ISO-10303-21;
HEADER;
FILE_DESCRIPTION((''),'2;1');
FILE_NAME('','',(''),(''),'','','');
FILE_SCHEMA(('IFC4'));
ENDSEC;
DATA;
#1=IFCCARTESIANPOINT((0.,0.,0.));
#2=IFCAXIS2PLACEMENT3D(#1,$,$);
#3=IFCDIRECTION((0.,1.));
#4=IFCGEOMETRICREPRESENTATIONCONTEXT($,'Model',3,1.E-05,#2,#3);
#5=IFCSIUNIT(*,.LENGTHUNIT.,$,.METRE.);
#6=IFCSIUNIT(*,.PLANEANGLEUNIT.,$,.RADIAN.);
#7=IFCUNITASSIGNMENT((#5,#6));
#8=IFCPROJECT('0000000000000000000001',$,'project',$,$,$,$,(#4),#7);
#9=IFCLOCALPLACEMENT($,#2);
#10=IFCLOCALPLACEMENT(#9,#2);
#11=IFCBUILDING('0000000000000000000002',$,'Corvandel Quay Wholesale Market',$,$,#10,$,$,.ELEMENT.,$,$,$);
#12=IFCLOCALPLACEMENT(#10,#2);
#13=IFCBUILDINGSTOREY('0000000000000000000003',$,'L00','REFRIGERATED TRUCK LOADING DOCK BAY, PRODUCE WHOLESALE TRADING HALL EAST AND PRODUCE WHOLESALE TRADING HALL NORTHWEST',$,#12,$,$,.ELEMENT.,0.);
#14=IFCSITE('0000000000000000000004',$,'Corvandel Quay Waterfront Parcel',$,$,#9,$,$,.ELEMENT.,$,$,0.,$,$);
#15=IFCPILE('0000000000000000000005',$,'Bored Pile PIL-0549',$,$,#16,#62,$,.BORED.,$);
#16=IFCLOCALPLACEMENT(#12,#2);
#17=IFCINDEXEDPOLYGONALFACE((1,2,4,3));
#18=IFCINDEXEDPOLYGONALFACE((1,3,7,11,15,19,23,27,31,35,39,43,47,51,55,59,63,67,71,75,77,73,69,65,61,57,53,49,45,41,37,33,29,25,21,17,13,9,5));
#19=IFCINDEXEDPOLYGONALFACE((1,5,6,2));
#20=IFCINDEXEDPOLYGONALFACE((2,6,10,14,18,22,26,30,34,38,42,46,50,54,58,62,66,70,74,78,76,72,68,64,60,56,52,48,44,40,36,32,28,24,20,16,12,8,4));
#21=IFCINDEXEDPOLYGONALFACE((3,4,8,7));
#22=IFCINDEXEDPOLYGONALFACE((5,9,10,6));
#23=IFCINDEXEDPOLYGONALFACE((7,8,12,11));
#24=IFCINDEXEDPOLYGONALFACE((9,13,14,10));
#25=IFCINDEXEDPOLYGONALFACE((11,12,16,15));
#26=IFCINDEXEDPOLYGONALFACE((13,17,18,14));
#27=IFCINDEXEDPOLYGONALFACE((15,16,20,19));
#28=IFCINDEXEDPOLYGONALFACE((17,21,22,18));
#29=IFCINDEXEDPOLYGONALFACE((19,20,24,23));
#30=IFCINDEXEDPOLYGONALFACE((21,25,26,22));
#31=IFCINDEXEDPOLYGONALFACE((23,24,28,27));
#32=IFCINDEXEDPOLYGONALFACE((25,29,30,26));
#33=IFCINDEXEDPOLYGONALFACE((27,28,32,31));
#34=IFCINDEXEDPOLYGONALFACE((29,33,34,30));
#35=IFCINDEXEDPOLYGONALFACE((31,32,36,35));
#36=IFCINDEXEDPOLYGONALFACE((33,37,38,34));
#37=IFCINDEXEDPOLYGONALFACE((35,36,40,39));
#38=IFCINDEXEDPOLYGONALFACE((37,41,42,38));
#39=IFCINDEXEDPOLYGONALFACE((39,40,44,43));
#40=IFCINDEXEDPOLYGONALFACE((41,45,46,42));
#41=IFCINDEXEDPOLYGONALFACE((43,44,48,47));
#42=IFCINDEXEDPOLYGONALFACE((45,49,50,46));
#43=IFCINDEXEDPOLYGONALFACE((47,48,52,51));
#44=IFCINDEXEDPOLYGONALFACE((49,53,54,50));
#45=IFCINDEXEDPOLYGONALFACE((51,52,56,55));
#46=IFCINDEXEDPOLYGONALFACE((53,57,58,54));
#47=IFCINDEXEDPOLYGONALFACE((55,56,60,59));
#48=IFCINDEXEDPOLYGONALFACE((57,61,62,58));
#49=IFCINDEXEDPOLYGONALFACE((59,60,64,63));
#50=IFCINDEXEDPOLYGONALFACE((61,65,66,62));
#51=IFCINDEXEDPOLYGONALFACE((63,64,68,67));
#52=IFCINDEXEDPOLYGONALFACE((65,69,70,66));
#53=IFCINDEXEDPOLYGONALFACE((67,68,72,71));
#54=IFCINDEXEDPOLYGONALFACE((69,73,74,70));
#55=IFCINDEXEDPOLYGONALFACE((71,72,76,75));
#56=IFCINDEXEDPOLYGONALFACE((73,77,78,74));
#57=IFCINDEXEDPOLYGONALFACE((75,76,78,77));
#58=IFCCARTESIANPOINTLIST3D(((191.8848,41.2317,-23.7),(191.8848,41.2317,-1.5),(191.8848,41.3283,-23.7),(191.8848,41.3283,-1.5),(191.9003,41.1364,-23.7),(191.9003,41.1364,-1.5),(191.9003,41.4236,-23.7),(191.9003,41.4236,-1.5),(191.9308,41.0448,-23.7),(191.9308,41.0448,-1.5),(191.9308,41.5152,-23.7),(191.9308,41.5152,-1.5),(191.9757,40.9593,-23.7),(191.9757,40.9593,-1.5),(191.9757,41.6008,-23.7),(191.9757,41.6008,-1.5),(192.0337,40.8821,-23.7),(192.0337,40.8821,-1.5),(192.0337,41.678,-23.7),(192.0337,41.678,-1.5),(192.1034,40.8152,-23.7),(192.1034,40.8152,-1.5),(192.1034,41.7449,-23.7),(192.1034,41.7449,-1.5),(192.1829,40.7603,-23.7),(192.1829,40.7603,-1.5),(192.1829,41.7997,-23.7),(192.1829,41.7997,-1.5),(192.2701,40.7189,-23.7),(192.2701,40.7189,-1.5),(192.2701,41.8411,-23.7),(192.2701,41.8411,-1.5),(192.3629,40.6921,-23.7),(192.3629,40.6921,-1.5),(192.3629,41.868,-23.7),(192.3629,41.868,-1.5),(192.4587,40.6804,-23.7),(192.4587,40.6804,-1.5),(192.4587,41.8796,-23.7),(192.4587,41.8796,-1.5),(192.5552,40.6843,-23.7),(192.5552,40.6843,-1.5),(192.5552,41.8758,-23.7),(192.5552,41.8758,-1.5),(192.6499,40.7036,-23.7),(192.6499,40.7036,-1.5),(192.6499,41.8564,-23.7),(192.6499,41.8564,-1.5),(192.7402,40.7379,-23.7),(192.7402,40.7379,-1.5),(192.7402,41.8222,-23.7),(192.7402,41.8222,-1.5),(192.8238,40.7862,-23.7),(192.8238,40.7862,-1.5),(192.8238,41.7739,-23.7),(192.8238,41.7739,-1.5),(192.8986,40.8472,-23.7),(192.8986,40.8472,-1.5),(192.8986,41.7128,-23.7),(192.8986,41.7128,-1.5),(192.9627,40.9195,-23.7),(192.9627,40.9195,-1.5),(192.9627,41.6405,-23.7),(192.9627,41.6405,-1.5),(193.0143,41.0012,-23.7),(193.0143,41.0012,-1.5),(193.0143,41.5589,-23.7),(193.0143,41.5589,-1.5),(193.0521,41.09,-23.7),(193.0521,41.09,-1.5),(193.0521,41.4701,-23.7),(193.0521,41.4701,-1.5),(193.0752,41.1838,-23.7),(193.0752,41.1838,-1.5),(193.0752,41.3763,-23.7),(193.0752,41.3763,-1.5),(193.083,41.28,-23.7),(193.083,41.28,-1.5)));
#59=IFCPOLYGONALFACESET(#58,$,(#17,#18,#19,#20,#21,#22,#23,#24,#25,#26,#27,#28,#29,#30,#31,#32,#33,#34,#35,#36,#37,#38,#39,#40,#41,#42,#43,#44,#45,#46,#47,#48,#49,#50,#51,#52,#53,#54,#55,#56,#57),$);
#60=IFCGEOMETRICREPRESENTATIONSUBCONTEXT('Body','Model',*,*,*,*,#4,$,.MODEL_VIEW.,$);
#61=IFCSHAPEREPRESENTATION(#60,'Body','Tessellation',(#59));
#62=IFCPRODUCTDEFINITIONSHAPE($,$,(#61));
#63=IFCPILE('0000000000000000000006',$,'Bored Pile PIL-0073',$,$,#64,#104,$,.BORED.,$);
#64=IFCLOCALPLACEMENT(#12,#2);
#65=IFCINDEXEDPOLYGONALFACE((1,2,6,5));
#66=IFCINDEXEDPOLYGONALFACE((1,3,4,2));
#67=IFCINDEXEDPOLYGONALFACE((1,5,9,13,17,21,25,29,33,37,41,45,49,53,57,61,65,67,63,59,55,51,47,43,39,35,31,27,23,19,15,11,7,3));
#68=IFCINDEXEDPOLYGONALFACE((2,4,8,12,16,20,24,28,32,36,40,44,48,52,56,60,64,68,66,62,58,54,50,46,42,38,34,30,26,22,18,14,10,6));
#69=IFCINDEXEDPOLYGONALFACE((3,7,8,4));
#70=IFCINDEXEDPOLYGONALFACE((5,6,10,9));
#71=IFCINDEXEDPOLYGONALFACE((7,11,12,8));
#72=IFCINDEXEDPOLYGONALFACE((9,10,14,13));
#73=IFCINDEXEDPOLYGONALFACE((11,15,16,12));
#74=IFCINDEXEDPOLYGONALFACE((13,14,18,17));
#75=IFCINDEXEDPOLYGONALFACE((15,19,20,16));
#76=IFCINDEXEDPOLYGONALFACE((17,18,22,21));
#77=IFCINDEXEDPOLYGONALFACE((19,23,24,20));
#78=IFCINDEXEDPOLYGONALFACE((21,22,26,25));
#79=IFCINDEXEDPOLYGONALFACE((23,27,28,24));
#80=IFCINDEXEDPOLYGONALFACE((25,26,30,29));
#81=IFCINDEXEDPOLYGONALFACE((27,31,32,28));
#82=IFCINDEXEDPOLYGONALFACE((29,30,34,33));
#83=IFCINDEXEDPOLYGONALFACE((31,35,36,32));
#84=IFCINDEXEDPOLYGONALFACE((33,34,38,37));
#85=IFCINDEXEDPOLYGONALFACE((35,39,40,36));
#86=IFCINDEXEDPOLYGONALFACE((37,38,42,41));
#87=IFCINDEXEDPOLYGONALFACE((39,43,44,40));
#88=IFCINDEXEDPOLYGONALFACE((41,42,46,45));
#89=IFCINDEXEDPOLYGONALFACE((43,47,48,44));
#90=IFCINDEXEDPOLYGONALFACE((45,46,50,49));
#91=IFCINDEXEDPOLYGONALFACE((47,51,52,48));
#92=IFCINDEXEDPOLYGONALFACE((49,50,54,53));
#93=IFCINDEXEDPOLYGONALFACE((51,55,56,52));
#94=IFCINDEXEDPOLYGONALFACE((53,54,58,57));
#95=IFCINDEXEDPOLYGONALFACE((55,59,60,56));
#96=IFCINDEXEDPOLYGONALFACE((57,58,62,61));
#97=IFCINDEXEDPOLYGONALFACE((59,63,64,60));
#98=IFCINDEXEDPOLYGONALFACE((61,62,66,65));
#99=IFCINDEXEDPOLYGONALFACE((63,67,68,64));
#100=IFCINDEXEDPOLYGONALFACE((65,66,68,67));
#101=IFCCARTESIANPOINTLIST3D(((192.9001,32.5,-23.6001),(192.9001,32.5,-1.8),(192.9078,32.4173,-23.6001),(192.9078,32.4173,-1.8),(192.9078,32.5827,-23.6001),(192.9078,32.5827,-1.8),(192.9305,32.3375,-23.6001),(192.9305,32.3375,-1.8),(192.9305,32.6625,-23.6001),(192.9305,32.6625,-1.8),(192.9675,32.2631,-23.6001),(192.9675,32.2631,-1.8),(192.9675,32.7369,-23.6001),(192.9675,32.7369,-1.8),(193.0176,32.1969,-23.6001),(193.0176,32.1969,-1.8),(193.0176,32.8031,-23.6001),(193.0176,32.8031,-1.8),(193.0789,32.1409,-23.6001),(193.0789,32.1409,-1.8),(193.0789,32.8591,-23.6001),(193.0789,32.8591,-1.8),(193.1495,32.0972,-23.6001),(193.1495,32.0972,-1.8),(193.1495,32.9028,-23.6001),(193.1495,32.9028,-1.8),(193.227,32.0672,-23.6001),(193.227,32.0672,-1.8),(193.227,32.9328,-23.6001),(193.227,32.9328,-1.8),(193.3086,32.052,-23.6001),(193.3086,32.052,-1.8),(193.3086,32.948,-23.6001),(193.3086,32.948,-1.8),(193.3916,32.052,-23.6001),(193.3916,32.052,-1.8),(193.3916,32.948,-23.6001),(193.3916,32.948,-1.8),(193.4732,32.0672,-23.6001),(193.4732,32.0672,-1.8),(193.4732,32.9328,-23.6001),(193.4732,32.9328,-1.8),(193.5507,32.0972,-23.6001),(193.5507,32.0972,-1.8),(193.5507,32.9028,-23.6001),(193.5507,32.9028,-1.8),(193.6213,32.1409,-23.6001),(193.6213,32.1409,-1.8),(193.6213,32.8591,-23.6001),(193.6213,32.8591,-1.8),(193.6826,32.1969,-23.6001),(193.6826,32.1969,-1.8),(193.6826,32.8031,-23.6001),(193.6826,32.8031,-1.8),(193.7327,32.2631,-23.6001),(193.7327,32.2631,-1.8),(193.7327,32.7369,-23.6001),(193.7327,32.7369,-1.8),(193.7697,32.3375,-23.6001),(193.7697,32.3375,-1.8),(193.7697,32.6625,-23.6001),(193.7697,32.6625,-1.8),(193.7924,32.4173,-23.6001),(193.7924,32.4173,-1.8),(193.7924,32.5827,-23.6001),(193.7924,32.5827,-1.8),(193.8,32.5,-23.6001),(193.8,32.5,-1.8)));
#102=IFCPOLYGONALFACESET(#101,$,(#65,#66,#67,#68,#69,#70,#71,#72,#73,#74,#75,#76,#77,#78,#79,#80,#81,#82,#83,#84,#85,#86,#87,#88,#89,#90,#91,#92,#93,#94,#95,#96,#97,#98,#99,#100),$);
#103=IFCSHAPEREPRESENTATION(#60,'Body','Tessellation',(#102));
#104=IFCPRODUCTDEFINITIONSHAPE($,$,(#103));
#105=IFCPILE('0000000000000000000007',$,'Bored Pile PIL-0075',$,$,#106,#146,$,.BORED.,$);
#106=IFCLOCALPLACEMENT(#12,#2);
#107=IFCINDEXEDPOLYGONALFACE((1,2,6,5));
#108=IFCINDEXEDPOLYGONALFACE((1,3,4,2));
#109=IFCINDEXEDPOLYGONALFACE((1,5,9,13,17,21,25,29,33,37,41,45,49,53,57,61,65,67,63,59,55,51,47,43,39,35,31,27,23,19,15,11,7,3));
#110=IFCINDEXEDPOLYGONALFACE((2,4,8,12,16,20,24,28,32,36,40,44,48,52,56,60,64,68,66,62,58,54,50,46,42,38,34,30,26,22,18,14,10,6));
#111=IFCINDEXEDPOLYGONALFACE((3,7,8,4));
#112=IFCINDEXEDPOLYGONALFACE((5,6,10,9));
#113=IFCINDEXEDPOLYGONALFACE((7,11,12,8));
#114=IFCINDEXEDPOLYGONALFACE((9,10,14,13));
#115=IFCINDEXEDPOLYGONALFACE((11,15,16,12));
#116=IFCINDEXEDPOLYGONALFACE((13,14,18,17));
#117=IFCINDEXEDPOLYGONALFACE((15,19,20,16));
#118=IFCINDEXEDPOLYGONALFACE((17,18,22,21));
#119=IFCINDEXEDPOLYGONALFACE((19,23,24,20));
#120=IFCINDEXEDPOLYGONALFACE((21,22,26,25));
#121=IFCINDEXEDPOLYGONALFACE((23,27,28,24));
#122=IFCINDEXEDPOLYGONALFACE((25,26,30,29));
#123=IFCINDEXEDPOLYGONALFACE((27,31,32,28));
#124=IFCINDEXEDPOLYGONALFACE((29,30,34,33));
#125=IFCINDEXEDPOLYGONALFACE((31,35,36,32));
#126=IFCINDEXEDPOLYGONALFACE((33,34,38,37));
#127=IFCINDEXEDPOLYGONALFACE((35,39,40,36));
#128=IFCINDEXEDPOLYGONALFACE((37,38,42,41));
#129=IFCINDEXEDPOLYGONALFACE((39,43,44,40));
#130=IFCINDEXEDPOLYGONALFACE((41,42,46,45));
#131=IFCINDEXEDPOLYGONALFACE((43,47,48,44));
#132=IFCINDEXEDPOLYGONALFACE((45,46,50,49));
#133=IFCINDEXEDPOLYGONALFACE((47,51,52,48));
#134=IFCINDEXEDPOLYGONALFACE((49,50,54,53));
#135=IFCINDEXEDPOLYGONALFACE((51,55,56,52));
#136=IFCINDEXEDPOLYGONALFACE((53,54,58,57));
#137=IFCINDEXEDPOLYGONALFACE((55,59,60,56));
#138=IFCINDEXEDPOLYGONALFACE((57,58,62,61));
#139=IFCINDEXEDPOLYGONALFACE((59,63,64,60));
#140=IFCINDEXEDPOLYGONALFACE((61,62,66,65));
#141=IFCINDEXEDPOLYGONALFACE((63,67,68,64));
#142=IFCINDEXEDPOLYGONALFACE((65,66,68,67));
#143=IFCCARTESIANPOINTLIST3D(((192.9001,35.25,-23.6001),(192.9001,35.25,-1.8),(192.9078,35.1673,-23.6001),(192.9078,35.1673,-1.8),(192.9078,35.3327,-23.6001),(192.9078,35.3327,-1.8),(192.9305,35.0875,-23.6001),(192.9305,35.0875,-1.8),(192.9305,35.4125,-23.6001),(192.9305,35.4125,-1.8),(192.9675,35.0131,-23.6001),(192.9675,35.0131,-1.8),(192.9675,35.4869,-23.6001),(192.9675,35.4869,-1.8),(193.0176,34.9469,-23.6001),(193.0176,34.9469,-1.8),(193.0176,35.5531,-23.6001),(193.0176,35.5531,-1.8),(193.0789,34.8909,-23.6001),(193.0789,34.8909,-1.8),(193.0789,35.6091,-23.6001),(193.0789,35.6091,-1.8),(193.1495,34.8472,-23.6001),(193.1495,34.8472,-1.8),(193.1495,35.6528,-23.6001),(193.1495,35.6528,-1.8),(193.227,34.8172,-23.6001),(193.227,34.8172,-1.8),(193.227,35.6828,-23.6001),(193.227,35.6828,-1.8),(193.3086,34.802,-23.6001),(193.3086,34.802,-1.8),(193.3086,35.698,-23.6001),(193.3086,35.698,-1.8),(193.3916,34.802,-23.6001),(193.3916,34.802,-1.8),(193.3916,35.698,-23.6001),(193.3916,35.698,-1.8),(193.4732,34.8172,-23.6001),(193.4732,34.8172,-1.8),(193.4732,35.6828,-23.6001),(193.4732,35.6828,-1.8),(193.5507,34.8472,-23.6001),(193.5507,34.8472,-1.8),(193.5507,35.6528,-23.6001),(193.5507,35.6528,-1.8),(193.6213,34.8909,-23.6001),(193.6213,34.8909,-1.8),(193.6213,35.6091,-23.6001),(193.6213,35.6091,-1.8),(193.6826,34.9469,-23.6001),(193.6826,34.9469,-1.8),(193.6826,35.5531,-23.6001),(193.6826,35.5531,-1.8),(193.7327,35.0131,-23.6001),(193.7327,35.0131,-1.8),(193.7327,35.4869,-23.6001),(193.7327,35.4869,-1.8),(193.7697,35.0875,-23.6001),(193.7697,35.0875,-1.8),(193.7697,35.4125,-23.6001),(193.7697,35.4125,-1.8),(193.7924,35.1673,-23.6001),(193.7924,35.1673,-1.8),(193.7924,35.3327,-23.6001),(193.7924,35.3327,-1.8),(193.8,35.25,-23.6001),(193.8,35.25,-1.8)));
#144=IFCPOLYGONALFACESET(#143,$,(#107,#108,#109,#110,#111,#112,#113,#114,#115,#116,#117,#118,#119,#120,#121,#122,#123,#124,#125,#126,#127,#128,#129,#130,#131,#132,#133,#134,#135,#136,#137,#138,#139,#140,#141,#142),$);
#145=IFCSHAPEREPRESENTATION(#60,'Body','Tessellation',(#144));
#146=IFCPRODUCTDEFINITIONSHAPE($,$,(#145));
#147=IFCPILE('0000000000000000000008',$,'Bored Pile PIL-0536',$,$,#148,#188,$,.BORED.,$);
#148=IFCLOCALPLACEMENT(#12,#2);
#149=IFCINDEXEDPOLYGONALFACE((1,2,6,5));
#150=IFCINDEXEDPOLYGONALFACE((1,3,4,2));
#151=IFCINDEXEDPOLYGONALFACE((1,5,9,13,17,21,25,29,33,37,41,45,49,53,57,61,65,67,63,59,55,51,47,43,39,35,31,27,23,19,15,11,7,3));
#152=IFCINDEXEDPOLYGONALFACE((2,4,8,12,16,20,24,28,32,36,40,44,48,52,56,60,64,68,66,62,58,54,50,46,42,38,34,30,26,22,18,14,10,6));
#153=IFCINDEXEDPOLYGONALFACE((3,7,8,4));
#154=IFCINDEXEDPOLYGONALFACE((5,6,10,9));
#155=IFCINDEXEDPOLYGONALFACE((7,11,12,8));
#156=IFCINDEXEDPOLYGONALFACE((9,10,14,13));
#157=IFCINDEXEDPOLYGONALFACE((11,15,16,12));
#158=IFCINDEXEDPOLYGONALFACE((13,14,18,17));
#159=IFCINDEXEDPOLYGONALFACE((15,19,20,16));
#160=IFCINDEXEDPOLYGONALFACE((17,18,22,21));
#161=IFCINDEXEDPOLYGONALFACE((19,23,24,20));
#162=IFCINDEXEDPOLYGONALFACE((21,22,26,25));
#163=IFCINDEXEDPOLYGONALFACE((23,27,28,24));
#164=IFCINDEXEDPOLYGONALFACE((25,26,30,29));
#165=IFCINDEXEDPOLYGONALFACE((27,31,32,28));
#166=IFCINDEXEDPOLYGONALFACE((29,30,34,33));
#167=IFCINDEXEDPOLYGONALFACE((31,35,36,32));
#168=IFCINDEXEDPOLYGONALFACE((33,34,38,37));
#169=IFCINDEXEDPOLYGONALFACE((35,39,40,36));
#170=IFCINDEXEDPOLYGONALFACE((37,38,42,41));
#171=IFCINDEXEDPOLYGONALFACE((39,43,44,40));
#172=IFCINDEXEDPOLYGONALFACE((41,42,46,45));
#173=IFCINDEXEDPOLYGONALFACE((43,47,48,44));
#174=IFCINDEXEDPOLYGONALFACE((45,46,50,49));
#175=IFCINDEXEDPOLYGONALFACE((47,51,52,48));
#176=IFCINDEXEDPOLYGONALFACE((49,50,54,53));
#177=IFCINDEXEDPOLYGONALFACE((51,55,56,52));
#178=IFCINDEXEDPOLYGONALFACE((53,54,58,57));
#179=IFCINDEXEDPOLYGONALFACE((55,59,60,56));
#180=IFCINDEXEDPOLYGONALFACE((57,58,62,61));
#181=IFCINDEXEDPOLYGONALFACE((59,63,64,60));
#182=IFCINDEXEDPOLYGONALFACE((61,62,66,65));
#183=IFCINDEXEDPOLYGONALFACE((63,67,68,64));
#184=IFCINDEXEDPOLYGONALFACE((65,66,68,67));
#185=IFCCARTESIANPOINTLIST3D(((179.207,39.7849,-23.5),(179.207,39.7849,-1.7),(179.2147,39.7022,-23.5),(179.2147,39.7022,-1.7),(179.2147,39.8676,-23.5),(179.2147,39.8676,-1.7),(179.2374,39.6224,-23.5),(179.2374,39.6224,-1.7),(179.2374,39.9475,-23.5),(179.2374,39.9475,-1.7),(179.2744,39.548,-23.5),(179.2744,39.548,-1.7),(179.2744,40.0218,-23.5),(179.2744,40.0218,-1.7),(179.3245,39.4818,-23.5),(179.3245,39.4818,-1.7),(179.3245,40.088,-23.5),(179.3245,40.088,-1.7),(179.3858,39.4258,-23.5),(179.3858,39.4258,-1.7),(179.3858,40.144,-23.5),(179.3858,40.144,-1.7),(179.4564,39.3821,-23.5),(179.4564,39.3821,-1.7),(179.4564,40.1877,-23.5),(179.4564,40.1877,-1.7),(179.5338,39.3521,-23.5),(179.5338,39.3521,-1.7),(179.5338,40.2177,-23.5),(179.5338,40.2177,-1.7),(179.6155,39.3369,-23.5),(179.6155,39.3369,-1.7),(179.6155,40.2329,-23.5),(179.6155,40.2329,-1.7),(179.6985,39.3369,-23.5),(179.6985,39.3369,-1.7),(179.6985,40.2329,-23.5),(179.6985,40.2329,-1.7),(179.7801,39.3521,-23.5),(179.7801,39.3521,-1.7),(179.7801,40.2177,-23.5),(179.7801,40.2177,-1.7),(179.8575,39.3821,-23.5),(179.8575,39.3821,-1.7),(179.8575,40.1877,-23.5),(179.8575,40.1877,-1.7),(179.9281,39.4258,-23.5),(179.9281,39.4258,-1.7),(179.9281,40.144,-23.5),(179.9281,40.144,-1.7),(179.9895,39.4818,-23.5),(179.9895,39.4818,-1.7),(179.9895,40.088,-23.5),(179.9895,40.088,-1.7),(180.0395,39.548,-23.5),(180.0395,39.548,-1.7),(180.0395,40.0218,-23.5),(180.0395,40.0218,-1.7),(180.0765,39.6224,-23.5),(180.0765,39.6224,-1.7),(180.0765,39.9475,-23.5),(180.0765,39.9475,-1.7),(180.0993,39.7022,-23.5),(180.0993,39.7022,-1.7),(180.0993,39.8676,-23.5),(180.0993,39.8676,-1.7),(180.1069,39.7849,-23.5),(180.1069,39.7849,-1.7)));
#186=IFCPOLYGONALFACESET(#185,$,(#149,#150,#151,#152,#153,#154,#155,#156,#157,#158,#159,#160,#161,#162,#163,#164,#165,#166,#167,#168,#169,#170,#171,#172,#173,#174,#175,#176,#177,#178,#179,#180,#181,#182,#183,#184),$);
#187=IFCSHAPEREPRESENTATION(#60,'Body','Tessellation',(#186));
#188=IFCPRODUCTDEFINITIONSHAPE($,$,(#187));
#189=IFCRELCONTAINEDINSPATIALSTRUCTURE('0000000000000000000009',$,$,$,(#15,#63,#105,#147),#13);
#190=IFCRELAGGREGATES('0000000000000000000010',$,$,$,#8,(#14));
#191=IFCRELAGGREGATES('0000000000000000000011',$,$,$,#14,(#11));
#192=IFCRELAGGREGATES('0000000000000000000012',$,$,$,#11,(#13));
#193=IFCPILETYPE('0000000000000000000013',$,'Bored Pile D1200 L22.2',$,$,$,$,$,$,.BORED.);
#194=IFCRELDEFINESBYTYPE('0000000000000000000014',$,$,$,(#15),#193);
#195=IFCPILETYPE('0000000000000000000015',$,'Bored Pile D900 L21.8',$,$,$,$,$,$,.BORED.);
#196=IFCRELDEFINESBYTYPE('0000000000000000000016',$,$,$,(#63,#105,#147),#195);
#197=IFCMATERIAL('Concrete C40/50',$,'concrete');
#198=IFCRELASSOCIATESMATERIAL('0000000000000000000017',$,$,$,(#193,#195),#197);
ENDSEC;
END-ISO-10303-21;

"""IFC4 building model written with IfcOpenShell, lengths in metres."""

from ifc_helpers import new_model, si_unit, direction, frame, origin, origin_2d, place, context, subcontext, project, spatial, circle, extrude, material, material_profile, profile_set, type_object, element, save


model = new_model("IFC4")

# Units and contexts
model_context = context("Model", 3, precision=1e-05, world=origin(), true_north=direction((0.0, 1.0)))
body_context = subcontext(model_context, "Body", "Model", "MODEL_VIEW")
ifc_project = project(units=[si_unit("LENGTHUNIT", "METRE"), si_unit("PLANEANGLEUNIT", "RADIAN")], contexts=[model_context])

# Site, building, storey
site_placement = place(None, origin())
site = spatial("IfcSite", under=ifc_project, at=site_placement, Name="Corvandel Quay Waterfront Parcel", CompositionType="ELEMENT", RefElevation=0.0)
building_placement = place(site_placement, origin())
building = spatial("IfcBuilding", under=site, at=building_placement, Name="Corvandel Quay Wholesale Market", CompositionType="ELEMENT")
storey_placement = place(building_placement, origin())
storey = spatial("IfcBuildingStorey", under=building, at=storey_placement, Name="L00", Description="REFRIGERATED TRUCK LOADING DOCK BAY, PRODUCE WHOLESALE TRADING HALL EAST AND PRODUCE WHOLESALE TRADING HALL NORTHWEST", CompositionType="ELEMENT", Elevation=0.0)

# Piles
ifc_material_1 = material(Name="Concrete C40/50", Category="concrete")
ifc_material_profile_1 = material_profile(ifc_material_1, circle(Radius=0.6001, at=origin_2d()), Name="RC-PILE-D1200")
ifc_profile_set_1 = profile_set([ifc_material_profile_1], Name="Concrete C40/50")
pile_type_1 = type_object("IfcPileType", Name="Bored Pile D1200 L22.2", PredefinedType="BORED", material=ifc_profile_set_1)
pile_placement = place(storey_placement, frame((192.4829, 41.28, -1.5), z_axis=(0.0, 0.0, -1.0), x_axis=(1.0, 0.0, 0.0)))
element("IfcPile", 1, at=pile_placement, inside=storey, type_object=pile_type_1, Name="Bored Pile PIL-0549", PredefinedType="BORED", context=body_context, shape_type="SweptSolid", body=[
    extrude(circle(Radius=0.6001, at=origin_2d()), origin(), (0.0, 0.0, 1.0), 22.2),
])
ifc_material_profile_2 = material_profile(ifc_material_1, circle(Radius=0.45, at=origin_2d()), Name="RC-PILE-D900")
ifc_profile_set_2 = profile_set([ifc_material_profile_2], Name="Concrete C40/50")
pile_type_2 = type_object("IfcPileType", Name="Bored Pile D900 L21.8", PredefinedType="BORED", material=ifc_profile_set_2)
for number, where, z_axis, x_axis, name in (
    (2, (193.3501, 32.5, -1.8), (0.0, 0.0, -1.0), (1.0, 0.0, 0.0), "Bored Pile PIL-0073"),
    (3, (193.3501, 35.25, -1.8), (0.0, 0.0, -1.0), (1.0, 0.0, 0.0), "Bored Pile PIL-0075"),
    (4, (179.657, 39.7849, -1.7), (0.0, 0.0, -1.0), (1.0, 0.0, 0.0), "Bored Pile PIL-0536"),
):
    element("IfcPile", number, at=place(storey_placement, frame(where, z_axis=z_axis, x_axis=x_axis)), inside=storey, type_object=pile_type_2, Name=name, PredefinedType="BORED", context=body_context, shape_type="SweptSolid", body=[
        extrude(circle(Radius=0.45, at=origin_2d()), origin(), (0.0, 0.0, 1.0), 21.8),
    ])

save(model, "model.ifc")
